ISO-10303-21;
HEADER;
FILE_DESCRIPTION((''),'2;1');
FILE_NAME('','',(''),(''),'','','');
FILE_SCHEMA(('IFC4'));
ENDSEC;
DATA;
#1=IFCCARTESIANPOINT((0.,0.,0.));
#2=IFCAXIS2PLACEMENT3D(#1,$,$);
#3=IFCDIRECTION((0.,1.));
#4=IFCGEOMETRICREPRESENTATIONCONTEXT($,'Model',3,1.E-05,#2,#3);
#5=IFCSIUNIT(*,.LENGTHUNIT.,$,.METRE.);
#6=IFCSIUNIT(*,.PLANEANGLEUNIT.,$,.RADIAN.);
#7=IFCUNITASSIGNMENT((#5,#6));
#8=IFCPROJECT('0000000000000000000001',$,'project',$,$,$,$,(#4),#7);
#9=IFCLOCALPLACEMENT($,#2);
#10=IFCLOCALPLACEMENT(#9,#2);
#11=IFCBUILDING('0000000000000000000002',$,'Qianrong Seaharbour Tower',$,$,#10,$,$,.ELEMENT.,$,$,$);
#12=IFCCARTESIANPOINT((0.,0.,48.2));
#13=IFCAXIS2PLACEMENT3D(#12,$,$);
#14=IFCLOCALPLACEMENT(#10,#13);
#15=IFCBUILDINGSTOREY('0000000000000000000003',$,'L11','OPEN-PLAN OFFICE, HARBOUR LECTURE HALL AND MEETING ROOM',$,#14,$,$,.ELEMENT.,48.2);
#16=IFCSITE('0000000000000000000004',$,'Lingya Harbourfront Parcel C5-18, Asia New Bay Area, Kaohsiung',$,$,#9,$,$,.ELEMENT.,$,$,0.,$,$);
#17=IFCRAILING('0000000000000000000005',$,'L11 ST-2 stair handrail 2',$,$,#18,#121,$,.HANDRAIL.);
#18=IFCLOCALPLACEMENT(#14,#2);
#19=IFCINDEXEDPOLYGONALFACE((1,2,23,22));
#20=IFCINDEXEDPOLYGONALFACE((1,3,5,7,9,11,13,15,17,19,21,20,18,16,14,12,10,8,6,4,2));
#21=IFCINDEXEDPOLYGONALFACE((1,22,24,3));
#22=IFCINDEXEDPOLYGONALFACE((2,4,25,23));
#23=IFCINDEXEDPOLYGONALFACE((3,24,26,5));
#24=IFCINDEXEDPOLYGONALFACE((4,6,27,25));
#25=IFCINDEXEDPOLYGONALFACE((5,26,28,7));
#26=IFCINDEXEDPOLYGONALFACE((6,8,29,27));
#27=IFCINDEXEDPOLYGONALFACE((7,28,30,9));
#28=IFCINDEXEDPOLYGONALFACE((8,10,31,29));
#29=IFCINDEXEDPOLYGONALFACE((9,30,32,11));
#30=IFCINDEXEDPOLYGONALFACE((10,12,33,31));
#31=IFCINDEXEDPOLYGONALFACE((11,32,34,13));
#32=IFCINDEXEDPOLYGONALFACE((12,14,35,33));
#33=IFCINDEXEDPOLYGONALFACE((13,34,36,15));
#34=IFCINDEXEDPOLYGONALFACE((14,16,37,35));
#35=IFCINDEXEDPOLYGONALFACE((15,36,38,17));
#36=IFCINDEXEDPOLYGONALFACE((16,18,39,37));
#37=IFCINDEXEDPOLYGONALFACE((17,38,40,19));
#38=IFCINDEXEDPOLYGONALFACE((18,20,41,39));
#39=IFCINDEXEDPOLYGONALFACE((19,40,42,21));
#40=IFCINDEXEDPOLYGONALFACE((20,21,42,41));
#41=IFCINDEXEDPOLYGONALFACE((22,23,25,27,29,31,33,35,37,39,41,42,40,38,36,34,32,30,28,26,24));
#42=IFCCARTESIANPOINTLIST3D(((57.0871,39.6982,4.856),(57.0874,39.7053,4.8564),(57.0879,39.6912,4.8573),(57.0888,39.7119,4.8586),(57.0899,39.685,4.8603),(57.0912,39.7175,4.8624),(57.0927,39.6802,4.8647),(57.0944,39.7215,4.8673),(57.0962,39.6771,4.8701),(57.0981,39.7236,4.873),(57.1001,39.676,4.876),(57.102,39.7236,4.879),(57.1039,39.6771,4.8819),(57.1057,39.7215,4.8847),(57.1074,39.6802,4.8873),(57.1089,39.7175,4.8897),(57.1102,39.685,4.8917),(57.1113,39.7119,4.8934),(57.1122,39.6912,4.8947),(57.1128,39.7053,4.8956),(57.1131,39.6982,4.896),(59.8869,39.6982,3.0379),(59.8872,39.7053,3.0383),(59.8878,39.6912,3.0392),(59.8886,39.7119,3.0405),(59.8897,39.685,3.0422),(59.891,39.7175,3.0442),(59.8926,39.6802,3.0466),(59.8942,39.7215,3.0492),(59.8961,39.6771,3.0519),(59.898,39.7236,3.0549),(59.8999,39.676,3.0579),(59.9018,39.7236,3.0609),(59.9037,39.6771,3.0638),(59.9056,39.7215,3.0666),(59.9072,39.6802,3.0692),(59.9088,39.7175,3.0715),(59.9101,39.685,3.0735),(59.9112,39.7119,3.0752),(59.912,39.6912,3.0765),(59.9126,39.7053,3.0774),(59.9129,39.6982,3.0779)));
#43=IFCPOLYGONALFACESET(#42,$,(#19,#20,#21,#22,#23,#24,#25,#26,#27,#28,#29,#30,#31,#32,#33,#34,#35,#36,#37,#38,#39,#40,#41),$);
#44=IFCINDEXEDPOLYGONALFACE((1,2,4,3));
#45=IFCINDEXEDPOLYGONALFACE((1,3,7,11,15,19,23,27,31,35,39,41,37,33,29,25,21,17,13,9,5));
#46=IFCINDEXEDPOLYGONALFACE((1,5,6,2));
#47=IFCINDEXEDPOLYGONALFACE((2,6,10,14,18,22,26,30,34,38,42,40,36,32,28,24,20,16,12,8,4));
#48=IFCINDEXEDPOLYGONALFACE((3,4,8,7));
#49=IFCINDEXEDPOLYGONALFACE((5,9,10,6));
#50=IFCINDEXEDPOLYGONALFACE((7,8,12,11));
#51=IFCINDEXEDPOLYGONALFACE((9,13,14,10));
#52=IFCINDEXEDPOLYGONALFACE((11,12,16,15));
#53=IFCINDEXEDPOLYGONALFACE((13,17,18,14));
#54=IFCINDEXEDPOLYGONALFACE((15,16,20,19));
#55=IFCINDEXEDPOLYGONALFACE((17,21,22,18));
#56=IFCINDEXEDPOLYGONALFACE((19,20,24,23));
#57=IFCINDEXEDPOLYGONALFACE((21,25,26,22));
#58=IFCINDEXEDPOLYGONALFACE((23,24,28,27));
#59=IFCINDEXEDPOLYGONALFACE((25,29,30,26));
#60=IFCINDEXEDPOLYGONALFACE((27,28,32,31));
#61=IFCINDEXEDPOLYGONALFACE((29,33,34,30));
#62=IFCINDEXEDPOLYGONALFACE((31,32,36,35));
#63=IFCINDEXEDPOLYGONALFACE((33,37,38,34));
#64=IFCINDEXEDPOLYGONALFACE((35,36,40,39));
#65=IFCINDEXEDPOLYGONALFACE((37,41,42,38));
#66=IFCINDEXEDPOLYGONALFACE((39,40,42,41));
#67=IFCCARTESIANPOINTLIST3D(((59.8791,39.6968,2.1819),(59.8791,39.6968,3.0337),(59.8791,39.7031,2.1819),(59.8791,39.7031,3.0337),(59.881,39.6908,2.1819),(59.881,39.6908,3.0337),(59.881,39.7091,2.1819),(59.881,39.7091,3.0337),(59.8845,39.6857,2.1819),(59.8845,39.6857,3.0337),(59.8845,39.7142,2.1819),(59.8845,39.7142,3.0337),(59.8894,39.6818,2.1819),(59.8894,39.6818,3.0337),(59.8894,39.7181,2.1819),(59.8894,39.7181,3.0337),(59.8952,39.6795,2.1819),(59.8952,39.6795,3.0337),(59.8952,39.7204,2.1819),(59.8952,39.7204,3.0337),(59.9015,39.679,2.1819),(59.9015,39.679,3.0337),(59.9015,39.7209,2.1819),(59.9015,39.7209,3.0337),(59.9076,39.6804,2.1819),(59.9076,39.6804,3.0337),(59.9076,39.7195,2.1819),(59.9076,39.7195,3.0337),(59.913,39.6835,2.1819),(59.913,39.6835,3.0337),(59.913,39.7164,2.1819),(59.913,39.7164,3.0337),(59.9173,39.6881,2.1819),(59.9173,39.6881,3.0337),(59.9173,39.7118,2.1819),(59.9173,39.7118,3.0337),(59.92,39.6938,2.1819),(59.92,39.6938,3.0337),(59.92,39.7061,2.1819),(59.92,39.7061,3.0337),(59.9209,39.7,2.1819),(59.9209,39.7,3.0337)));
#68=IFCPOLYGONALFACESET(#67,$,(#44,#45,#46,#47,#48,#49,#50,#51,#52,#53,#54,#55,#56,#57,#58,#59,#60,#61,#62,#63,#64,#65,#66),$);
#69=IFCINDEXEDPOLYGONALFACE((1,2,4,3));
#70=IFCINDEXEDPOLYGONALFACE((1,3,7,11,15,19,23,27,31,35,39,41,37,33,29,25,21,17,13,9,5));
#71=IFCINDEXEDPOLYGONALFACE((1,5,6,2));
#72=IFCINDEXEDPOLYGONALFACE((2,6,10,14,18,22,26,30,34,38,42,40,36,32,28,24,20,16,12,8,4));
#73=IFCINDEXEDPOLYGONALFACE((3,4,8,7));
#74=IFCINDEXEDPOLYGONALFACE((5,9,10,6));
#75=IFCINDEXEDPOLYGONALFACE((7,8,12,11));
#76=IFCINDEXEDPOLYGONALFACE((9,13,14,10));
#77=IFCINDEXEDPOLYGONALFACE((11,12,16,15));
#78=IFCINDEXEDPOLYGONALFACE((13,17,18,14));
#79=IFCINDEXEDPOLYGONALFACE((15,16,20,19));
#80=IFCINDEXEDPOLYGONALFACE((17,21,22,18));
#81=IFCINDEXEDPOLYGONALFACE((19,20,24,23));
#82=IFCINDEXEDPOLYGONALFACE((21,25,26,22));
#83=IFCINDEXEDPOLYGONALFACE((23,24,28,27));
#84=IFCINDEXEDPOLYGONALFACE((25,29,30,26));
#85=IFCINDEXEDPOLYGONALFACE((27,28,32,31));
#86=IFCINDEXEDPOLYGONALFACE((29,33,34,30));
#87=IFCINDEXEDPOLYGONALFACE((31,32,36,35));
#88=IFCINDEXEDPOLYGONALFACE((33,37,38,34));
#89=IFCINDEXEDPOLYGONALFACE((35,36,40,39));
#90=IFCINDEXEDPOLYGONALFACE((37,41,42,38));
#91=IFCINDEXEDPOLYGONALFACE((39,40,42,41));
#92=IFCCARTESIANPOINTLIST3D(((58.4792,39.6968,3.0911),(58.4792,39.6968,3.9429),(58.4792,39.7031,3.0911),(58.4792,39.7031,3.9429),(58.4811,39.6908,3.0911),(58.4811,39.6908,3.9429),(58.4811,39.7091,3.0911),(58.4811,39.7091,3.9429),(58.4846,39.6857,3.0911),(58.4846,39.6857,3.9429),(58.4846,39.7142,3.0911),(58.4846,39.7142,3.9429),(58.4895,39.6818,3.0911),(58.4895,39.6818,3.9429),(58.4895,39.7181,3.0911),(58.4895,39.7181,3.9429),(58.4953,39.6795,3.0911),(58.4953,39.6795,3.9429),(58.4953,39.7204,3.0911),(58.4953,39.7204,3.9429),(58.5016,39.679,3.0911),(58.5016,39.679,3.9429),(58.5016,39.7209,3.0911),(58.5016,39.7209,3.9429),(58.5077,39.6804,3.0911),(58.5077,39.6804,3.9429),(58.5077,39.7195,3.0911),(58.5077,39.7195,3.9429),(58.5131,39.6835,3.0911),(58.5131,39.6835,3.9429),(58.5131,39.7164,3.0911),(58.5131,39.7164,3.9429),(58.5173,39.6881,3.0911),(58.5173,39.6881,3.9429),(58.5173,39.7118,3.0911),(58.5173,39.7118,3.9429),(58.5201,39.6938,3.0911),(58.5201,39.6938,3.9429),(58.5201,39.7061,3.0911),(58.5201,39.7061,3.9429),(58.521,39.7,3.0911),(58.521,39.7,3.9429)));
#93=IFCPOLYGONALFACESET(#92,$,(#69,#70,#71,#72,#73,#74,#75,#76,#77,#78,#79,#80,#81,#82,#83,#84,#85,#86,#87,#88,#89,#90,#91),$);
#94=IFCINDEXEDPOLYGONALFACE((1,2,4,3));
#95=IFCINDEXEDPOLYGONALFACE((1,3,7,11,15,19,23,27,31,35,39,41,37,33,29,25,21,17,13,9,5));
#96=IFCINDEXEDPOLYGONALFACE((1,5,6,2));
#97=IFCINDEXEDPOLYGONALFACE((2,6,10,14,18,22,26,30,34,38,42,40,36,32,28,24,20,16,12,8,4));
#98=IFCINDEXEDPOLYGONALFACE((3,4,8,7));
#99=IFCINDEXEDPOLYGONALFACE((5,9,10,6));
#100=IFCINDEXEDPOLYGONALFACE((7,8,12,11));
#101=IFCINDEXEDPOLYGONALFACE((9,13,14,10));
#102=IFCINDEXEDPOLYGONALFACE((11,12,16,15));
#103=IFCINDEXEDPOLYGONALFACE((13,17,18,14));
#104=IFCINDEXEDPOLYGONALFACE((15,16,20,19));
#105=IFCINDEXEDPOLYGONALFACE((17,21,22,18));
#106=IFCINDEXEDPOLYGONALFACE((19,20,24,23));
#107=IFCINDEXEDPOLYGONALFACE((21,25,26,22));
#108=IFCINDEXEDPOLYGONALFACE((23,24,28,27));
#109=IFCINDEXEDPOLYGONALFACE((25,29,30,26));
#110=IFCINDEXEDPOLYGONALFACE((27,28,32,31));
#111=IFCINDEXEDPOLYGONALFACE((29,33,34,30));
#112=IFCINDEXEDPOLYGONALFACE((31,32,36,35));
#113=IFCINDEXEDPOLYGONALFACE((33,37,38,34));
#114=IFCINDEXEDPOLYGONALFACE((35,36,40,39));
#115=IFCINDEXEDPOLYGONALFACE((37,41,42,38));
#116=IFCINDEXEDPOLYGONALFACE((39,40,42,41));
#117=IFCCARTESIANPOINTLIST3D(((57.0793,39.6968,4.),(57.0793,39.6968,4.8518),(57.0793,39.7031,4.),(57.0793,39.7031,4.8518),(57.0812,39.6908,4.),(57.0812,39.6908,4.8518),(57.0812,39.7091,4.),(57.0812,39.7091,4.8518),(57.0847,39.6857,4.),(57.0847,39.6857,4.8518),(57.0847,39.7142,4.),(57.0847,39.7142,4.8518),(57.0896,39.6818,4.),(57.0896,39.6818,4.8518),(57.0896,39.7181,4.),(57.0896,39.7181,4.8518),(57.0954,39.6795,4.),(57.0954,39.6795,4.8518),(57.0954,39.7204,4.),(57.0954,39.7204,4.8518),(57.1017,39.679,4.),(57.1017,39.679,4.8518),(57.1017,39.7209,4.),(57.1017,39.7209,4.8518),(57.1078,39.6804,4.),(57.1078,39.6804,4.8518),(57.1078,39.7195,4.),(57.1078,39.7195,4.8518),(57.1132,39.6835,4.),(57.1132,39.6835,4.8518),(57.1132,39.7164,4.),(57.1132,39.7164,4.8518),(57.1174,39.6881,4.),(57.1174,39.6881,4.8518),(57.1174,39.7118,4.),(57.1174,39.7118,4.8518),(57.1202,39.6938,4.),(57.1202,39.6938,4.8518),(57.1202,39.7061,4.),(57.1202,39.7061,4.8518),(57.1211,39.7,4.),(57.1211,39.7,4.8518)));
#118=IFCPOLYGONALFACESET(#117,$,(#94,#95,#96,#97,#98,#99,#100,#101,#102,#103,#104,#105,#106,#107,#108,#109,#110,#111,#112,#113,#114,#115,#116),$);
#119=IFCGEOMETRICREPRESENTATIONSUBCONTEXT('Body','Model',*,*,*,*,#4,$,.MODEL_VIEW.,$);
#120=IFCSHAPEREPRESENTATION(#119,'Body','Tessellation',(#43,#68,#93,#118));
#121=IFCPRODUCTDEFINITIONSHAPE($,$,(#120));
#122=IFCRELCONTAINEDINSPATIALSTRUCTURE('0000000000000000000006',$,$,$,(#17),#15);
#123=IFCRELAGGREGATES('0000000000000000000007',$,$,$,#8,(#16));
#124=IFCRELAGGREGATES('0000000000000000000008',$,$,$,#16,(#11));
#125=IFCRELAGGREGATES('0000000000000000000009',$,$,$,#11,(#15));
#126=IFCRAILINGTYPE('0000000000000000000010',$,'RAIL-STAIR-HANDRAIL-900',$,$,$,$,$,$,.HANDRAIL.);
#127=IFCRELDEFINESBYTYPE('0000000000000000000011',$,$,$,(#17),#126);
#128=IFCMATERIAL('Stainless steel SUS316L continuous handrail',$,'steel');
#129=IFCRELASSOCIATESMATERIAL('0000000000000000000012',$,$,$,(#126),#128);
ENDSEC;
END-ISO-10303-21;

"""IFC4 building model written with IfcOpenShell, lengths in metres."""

from ifc_helpers import new_model, si_unit, direction, frame, origin, origin_2d, place, context, subcontext, project, spatial, circle, extrude, material, type_object, element, save


model = new_model("IFC4")

# Units and contexts
model_context = context("Model", 3, precision=1e-05, world=origin(), true_north=direction((0.0, 1.0)))
body_context = subcontext(model_context, "Body", "Model", "MODEL_VIEW")
ifc_project = project(units=[si_unit("LENGTHUNIT", "METRE"), si_unit("PLANEANGLEUNIT", "RADIAN")], contexts=[model_context])

# Site, building, storey
site_placement = place(None, origin())
site = spatial("IfcSite", under=ifc_project, at=site_placement, Name="Lingya Harbourfront Parcel C5-18, Asia New Bay Area, Kaohsiung", CompositionType="ELEMENT", RefElevation=0.0)
building_placement = place(site_placement, origin())
building = spatial("IfcBuilding", under=site, at=building_placement, Name="Qianrong Seaharbour Tower", CompositionType="ELEMENT")
storey_placement = place(building_placement, frame((0.0, 0.0, 48.2)))
storey = spatial("IfcBuildingStorey", under=building, at=storey_placement, Name="L11", Description="OPEN-PLAN OFFICE, HARBOUR LECTURE HALL AND MEETING ROOM", CompositionType="ELEMENT", Elevation=48.2)

# Railing
ifc_material_1 = material(Name="Stainless steel SUS316L continuous handrail", Category="steel")
railing_type_1 = type_object("IfcRailingType", Name="RAIL-STAIR-HANDRAIL-900", PredefinedType="HANDRAIL", material=ifc_material_1)
railing_1_placement = place(storey_placement, frame((59.8999, 39.7, 2.1819)))
element("IfcRailing", 1, at=railing_1_placement, inside=storey, type_object=railing_type_1, Name="L11 ST-2 stair handrail 2", PredefinedType="HANDRAIL", context=body_context, shape_type="SweptSolid", body=[
    extrude(circle(Radius=0.0239, at=origin_2d()), frame((0.0, 0.0, 0.876), z_axis=(-0.838684, 0.0, 0.544618), x_axis=(0.0, -1.0, 0.0)), (0.0, 0.0, 1.0), 3.3384),
    extrude(circle(Radius=0.021, at=origin_2d()), origin(), (0.0, 0.0, 1.0), 0.8518),
    extrude(circle(Radius=0.021, at=origin_2d()), frame((-1.3999, 0.0, 0.9092)), (0.0, 0.0, 1.0), 0.8518),
    extrude(circle(Radius=0.021, at=origin_2d()), frame((-2.7998, 0.0, 1.8181)), (0.0, 0.0, 1.0), 0.8518),
])

save(model, "model.ifc")
